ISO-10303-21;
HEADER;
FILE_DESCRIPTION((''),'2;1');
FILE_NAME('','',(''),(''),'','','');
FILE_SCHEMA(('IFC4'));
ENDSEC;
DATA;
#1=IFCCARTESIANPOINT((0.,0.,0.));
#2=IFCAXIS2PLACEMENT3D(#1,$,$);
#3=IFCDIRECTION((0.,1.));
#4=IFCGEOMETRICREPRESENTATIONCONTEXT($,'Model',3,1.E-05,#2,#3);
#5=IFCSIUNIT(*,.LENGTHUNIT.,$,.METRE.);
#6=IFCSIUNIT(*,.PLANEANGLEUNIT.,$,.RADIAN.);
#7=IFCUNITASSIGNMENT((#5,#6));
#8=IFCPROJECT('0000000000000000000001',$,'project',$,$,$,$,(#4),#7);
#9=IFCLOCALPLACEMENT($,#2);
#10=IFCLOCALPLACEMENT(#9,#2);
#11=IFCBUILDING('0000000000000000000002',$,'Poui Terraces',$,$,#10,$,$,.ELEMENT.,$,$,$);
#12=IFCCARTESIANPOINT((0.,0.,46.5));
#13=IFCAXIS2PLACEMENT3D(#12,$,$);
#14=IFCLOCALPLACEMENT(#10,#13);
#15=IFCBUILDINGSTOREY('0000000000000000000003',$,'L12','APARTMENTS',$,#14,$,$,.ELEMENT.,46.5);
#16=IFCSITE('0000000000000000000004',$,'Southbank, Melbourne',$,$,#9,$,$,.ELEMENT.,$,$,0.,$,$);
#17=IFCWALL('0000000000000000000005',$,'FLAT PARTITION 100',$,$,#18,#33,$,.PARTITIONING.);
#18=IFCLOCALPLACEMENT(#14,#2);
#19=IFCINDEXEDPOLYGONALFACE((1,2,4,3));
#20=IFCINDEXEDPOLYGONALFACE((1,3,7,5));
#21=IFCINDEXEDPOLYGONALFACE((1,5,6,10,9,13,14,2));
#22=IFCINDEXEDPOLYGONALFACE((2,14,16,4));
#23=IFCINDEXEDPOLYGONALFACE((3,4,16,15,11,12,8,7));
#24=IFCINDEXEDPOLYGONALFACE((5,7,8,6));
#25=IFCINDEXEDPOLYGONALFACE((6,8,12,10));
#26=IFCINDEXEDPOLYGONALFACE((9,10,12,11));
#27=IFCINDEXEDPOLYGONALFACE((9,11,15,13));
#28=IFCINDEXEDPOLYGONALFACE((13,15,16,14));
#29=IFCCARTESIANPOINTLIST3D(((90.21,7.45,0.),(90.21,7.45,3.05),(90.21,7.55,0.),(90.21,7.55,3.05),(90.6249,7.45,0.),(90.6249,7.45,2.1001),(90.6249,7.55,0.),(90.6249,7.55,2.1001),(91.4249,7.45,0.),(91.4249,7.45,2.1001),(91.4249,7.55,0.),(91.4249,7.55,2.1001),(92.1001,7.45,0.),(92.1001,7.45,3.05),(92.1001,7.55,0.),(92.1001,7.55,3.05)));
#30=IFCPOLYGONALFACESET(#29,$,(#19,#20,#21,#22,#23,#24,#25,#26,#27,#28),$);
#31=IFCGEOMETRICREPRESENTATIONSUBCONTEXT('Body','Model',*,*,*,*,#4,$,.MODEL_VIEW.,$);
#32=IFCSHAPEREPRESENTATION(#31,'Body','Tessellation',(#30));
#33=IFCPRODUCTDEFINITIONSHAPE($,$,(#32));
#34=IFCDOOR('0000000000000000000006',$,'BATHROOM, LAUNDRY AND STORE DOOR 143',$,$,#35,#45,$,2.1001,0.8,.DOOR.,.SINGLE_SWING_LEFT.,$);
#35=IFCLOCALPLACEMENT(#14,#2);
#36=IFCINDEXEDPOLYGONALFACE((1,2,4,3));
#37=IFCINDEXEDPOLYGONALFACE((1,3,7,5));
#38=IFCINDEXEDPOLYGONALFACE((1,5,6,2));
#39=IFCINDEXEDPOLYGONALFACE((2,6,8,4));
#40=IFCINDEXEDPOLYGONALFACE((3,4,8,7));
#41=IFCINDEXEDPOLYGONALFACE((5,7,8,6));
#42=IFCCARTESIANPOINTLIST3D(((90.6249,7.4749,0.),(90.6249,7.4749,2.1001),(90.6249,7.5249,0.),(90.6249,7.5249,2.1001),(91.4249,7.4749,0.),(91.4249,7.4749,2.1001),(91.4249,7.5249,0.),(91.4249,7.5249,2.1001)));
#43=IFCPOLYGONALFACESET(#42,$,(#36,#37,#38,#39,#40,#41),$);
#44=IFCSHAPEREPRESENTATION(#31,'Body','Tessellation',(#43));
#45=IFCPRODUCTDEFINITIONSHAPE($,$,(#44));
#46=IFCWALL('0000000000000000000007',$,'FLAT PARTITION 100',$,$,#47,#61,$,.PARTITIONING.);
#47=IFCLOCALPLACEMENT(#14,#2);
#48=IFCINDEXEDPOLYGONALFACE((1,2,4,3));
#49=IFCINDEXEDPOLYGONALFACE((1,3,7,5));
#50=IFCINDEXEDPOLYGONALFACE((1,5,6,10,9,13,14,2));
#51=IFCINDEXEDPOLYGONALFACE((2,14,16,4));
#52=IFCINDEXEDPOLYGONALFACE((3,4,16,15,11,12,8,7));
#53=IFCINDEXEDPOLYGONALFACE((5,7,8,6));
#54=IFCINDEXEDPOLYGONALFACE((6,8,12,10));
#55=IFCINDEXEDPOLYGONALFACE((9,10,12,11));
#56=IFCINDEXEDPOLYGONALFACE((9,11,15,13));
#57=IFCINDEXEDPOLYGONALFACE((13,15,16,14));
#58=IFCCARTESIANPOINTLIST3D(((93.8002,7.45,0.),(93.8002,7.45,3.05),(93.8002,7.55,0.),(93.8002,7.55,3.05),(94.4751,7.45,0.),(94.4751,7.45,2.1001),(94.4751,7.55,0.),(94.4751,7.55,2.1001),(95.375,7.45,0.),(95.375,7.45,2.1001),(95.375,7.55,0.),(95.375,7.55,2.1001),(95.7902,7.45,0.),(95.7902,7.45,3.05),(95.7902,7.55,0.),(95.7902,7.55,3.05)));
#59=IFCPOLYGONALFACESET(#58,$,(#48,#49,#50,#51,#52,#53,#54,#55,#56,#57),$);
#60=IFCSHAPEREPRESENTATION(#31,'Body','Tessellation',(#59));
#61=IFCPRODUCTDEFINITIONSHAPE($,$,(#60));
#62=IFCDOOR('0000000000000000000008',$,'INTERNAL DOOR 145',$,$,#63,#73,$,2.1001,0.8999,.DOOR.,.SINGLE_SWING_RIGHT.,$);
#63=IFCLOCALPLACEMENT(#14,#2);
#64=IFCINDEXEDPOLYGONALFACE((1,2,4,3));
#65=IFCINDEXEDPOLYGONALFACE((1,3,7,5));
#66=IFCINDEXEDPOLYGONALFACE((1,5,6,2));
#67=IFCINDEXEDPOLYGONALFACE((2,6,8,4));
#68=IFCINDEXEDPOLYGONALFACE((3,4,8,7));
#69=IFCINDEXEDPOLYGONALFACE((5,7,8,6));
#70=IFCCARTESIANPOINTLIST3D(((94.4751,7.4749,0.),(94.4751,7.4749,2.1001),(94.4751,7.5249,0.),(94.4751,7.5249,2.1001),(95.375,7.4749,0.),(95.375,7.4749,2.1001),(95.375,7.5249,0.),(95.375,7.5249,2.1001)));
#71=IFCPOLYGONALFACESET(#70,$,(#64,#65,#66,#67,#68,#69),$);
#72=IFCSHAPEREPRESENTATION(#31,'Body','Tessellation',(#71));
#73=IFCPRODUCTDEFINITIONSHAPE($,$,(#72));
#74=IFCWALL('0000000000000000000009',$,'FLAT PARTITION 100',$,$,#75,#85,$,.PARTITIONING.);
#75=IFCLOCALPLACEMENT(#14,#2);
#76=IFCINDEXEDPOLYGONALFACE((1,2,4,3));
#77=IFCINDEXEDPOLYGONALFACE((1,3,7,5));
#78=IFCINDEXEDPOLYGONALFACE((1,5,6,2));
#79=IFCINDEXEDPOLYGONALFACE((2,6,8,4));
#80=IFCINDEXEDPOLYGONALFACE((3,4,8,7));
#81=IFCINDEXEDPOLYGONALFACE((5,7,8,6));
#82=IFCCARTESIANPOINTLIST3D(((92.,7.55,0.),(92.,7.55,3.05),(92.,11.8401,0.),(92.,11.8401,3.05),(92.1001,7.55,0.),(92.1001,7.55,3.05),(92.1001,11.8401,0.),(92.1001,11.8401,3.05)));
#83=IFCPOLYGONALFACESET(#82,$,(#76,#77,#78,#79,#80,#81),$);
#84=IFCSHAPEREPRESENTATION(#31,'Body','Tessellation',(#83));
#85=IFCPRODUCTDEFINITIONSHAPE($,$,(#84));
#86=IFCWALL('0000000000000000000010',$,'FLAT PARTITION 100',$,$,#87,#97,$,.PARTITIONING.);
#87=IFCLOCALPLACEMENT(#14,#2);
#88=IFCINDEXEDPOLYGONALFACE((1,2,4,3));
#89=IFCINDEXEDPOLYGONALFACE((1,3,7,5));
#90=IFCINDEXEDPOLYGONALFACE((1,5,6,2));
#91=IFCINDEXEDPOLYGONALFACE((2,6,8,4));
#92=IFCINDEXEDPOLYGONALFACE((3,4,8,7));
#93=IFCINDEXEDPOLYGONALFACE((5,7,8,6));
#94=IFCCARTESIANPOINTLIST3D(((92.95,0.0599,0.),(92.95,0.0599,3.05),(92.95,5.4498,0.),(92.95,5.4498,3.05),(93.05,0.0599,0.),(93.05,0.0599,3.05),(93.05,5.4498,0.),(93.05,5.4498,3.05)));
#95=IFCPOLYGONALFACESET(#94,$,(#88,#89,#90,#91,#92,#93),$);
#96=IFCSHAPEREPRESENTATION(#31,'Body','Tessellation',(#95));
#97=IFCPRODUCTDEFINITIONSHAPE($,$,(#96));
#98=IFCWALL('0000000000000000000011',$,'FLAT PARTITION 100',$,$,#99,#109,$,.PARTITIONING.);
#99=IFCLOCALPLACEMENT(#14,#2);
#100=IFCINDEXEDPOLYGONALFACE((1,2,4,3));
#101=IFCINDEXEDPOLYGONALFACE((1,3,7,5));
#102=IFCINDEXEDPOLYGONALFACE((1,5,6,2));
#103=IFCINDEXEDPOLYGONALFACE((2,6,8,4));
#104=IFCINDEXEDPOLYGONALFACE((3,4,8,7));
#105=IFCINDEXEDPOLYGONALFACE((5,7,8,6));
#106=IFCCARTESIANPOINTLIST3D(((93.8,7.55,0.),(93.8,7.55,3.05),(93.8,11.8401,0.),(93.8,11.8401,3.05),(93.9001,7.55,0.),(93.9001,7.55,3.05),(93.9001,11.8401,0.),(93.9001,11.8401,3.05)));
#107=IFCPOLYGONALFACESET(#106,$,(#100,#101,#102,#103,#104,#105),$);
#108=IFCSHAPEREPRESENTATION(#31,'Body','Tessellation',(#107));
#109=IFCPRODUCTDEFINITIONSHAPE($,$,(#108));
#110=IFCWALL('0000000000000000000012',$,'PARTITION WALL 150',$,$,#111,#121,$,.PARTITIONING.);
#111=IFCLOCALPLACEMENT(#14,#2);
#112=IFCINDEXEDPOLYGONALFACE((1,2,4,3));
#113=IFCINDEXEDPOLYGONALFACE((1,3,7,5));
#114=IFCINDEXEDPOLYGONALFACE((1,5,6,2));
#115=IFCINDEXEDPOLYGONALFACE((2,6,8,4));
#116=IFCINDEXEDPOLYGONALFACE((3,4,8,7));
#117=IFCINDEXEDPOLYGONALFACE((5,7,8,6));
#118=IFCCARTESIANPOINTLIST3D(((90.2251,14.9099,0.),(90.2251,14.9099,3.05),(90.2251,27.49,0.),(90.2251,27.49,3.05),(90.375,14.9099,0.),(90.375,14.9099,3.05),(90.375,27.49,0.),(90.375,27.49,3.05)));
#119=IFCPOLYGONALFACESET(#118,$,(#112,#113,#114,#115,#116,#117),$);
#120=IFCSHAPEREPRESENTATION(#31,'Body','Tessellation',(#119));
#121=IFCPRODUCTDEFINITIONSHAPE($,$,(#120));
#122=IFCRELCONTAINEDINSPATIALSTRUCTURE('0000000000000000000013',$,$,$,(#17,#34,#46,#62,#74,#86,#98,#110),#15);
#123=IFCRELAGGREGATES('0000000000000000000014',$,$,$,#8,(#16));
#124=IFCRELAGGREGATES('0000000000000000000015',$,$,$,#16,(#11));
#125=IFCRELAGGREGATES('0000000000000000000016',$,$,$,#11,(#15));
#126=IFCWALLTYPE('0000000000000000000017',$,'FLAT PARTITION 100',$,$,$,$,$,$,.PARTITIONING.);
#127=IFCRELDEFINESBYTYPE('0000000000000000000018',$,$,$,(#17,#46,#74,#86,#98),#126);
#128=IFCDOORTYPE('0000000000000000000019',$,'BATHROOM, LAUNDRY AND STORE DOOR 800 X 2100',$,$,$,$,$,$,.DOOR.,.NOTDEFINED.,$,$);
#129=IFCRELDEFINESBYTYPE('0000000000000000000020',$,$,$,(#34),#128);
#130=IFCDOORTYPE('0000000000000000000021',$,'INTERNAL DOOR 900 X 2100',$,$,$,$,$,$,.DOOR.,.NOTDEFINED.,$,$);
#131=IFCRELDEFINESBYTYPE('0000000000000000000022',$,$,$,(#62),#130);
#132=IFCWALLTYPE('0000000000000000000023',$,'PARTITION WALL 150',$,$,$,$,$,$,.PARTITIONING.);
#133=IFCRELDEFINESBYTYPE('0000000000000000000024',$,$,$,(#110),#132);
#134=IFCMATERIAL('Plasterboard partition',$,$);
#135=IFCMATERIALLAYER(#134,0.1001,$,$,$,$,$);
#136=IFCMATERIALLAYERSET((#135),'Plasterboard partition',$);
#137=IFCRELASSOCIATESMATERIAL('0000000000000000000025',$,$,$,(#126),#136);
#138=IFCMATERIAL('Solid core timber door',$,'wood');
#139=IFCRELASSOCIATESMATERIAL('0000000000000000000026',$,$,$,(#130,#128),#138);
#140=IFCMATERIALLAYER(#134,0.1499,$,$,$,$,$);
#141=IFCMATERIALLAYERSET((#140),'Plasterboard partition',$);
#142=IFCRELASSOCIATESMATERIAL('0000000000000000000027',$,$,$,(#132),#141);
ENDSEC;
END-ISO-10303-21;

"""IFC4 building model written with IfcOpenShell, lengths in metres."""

from ifc_helpers import new_model, si_unit, direction, frame, frame_2d, origin, place, context, subcontext, project, spatial, rectangle, extrude, material, layer, layer_set, type_object, element, fill, save


model = new_model("IFC4")

# Units and contexts
model_context = context("Model", 3, precision=1e-05, world=origin(), true_north=direction((0.0, 1.0)))
body_context = subcontext(model_context, "Body", "Model", "MODEL_VIEW")
ifc_project = project(units=[si_unit("LENGTHUNIT", "METRE"), si_unit("PLANEANGLEUNIT", "RADIAN")], contexts=[model_context])

# Site, building, storey
site_placement = place(None, origin())
site = spatial("IfcSite", under=ifc_project, at=site_placement, Name="Southbank, Melbourne", CompositionType="ELEMENT", RefElevation=0.0)
building_placement = place(site_placement, origin())
building = spatial("IfcBuilding", under=site, at=building_placement, Name="Poui Terraces", CompositionType="ELEMENT")
storey_placement = place(building_placement, frame((0.0, 0.0, 46.5)))
storey = spatial("IfcBuildingStorey", under=building, at=storey_placement, Name="L12", Description="APARTMENTS", CompositionType="ELEMENT", Elevation=46.5)

# Shared definitions
ifc_material_1 = material(Name="Solid core timber door", Category="wood")

# Walls, openings, doors
ifc_material_2 = material(Name="Plasterboard partition")
ifc_layer_1 = layer(ifc_material_2, 0.1001)
ifc_layer_set_1 = layer_set([ifc_layer_1], Name="Plasterboard partition")
wall_type_1 = type_object("IfcWallType", Name="FLAT PARTITION 100", PredefinedType="PARTITIONING", material=ifc_layer_set_1)
door_type_1 = type_object("IfcDoorType", Name="INTERNAL DOOR 900 X 2100", OperationType="NOTDEFINED", PredefinedType="DOOR", material=ifc_material_1)
wall_1_placement = place(storey_placement, frame((90.21, 7.5, 0.0), z_axis=(0.0, 0.0, 1.0), x_axis=(1.0, 0.0, 0.0)))
wall_1 = element("IfcWall", 1, at=wall_1_placement, inside=storey, type_object=wall_type_1, Name="FLAT PARTITION 100", PredefinedType="PARTITIONING", context=body_context, shape_type="SweptSolid", body=[
    extrude(rectangle(XDim=1.8901, YDim=0.1001, at=frame_2d((0.9451, 0.0))), origin(), (0.0, 0.0, 1.0), 3.05),
])
opening_1_placement = place(wall_1_placement, frame((0.415, 0.0, 0.0)))
opening_1 = element("IfcOpeningElement", 2, at=opening_1_placement, cuts=wall_1, PredefinedType="OPENING", context=body_context, shape_type="SweptSolid", body=[
    extrude(rectangle(XDim=0.8, YDim=2.1001, at=frame_2d((0.3999, 1.05))), frame((0.0, 0.0601, 0.0), z_axis=(0.0, -1.0, 0.0), x_axis=(1.0, 0.0, 0.0)), (0.0, 0.0, 1.0), 0.1201),
])
door_type_2 = type_object("IfcDoorType", Name="BATHROOM, LAUNDRY AND STORE DOOR 800 X 2100", OperationType="NOTDEFINED", PredefinedType="DOOR", material=ifc_material_1)
door_1_placement = place(opening_1_placement, origin())
door_1 = element("IfcDoor", 3, at=door_1_placement, inside=storey, type_object=door_type_2, Name="BATHROOM, LAUNDRY AND STORE DOOR 143", OperationType="SINGLE_SWING_LEFT", OverallHeight=2.1001, OverallWidth=0.8, PredefinedType="DOOR", context=body_context, shape_type="SweptSolid", body=[
    extrude(rectangle(XDim=0.8, YDim=2.1001, at=frame_2d((0.3999, 1.05))), frame((0.0, 0.0249, 0.0), z_axis=(0.0, -1.0, 0.0), x_axis=(1.0, 0.0, 0.0)), (0.0, 0.0, 1.0), 0.05),
])
fill(opening_1, door_1)
wall_2_placement = place(storey_placement, frame((93.8, 7.5, 0.0), z_axis=(0.0, 0.0, 1.0), x_axis=(1.0, 0.0, 0.0)))
wall_2 = element("IfcWall", 4, at=wall_2_placement, inside=storey, type_object=wall_type_1, Name="FLAT PARTITION 100", PredefinedType="PARTITIONING", context=body_context, shape_type="SweptSolid", body=[
    extrude(rectangle(XDim=1.99, YDim=0.1001, at=frame_2d((0.9951, 0.0))), origin(), (0.0, 0.0, 1.0), 3.05),
])
opening_2_placement = place(wall_2_placement, frame((0.675, 0.0, 0.0)))
opening_2 = element("IfcOpeningElement", 5, at=opening_2_placement, cuts=wall_2, PredefinedType="OPENING", context=body_context, shape_type="SweptSolid", body=[
    extrude(rectangle(XDim=0.8999, YDim=2.1001, at=frame_2d((0.45, 1.05))), frame((0.0, 0.0601, 0.0), z_axis=(0.0, -1.0, 0.0), x_axis=(1.0, 0.0, 0.0)), (0.0, 0.0, 1.0), 0.1201),
])
door_2_placement = place(opening_2_placement, origin())
door_2 = element("IfcDoor", 6, at=door_2_placement, inside=storey, type_object=door_type_1, Name="INTERNAL DOOR 145", OperationType="SINGLE_SWING_RIGHT", OverallHeight=2.1001, OverallWidth=0.8999, PredefinedType="DOOR", context=body_context, shape_type="SweptSolid", body=[
    extrude(rectangle(XDim=0.8999, YDim=2.1001, at=frame_2d((0.45, 1.05))), frame((0.0, 0.0249, 0.0), z_axis=(0.0, -1.0, 0.0), x_axis=(1.0, 0.0, 0.0)), (0.0, 0.0, 1.0), 0.05),
])
fill(opening_2, door_2)

# Walls
wall_3_placement = place(storey_placement, frame((92.05, 7.55, 0.0), z_axis=(0.0, 0.0, 1.0), x_axis=(0.0, 1.0, 0.0)))
element("IfcWall", 7, at=wall_3_placement, inside=storey, type_object=wall_type_1, Name="FLAT PARTITION 100", PredefinedType="PARTITIONING", context=body_context, shape_type="SweptSolid", body=[
    extrude(rectangle(XDim=4.29, YDim=0.1001, at=frame_2d((2.145, 0.0))), origin(), (0.0, 0.0, 1.0), 3.05),
])
wall_4_placement = place(storey_placement, frame((93.0, 0.0601, 0.0), z_axis=(0.0, 0.0, 1.0), x_axis=(0.0, 1.0, 0.0)))
element("IfcWall", 8, at=wall_4_placement, inside=storey, type_object=wall_type_1, Name="FLAT PARTITION 100", PredefinedType="PARTITIONING", context=body_context, shape_type="SweptSolid", body=[
    extrude(rectangle(XDim=5.3899, YDim=0.1001, at=frame_2d((2.6948, 0.0))), origin(), (0.0, 0.0, 1.0), 3.05),
])
wall_5_placement = place(storey_placement, frame((93.8501, 7.55, 0.0), z_axis=(0.0, 0.0, 1.0), x_axis=(0.0, 1.0, 0.0)))
element("IfcWall", 9, at=wall_5_placement, inside=storey, type_object=wall_type_1, Name="FLAT PARTITION 100", PredefinedType="PARTITIONING", context=body_context, shape_type="SweptSolid", body=[
    extrude(rectangle(XDim=4.29, YDim=0.1001, at=frame_2d((2.145, 0.0))), origin(), (0.0, 0.0, 1.0), 3.05),
])
ifc_layer_2 = layer(ifc_material_2, 0.1499)
ifc_layer_set_2 = layer_set([ifc_layer_2], Name="Plasterboard partition")
wall_type_2 = type_object("IfcWallType", Name="PARTITION WALL 150", PredefinedType="PARTITIONING", material=ifc_layer_set_2)
wall_6_placement = place(storey_placement, frame((90.3, 14.9099, 0.0), z_axis=(0.0, 0.0, 1.0), x_axis=(0.0, 1.0, 0.0)))
element("IfcWall", 10, at=wall_6_placement, inside=storey, type_object=wall_type_2, Name="PARTITION WALL 150", PredefinedType="PARTITIONING", context=body_context, shape_type="SweptSolid", body=[
    extrude(rectangle(XDim=12.5801, YDim=0.1499, at=frame_2d((6.29, 0.0))), origin(), (0.0, 0.0, 1.0), 3.05),
])

save(model, "model.ifc")
